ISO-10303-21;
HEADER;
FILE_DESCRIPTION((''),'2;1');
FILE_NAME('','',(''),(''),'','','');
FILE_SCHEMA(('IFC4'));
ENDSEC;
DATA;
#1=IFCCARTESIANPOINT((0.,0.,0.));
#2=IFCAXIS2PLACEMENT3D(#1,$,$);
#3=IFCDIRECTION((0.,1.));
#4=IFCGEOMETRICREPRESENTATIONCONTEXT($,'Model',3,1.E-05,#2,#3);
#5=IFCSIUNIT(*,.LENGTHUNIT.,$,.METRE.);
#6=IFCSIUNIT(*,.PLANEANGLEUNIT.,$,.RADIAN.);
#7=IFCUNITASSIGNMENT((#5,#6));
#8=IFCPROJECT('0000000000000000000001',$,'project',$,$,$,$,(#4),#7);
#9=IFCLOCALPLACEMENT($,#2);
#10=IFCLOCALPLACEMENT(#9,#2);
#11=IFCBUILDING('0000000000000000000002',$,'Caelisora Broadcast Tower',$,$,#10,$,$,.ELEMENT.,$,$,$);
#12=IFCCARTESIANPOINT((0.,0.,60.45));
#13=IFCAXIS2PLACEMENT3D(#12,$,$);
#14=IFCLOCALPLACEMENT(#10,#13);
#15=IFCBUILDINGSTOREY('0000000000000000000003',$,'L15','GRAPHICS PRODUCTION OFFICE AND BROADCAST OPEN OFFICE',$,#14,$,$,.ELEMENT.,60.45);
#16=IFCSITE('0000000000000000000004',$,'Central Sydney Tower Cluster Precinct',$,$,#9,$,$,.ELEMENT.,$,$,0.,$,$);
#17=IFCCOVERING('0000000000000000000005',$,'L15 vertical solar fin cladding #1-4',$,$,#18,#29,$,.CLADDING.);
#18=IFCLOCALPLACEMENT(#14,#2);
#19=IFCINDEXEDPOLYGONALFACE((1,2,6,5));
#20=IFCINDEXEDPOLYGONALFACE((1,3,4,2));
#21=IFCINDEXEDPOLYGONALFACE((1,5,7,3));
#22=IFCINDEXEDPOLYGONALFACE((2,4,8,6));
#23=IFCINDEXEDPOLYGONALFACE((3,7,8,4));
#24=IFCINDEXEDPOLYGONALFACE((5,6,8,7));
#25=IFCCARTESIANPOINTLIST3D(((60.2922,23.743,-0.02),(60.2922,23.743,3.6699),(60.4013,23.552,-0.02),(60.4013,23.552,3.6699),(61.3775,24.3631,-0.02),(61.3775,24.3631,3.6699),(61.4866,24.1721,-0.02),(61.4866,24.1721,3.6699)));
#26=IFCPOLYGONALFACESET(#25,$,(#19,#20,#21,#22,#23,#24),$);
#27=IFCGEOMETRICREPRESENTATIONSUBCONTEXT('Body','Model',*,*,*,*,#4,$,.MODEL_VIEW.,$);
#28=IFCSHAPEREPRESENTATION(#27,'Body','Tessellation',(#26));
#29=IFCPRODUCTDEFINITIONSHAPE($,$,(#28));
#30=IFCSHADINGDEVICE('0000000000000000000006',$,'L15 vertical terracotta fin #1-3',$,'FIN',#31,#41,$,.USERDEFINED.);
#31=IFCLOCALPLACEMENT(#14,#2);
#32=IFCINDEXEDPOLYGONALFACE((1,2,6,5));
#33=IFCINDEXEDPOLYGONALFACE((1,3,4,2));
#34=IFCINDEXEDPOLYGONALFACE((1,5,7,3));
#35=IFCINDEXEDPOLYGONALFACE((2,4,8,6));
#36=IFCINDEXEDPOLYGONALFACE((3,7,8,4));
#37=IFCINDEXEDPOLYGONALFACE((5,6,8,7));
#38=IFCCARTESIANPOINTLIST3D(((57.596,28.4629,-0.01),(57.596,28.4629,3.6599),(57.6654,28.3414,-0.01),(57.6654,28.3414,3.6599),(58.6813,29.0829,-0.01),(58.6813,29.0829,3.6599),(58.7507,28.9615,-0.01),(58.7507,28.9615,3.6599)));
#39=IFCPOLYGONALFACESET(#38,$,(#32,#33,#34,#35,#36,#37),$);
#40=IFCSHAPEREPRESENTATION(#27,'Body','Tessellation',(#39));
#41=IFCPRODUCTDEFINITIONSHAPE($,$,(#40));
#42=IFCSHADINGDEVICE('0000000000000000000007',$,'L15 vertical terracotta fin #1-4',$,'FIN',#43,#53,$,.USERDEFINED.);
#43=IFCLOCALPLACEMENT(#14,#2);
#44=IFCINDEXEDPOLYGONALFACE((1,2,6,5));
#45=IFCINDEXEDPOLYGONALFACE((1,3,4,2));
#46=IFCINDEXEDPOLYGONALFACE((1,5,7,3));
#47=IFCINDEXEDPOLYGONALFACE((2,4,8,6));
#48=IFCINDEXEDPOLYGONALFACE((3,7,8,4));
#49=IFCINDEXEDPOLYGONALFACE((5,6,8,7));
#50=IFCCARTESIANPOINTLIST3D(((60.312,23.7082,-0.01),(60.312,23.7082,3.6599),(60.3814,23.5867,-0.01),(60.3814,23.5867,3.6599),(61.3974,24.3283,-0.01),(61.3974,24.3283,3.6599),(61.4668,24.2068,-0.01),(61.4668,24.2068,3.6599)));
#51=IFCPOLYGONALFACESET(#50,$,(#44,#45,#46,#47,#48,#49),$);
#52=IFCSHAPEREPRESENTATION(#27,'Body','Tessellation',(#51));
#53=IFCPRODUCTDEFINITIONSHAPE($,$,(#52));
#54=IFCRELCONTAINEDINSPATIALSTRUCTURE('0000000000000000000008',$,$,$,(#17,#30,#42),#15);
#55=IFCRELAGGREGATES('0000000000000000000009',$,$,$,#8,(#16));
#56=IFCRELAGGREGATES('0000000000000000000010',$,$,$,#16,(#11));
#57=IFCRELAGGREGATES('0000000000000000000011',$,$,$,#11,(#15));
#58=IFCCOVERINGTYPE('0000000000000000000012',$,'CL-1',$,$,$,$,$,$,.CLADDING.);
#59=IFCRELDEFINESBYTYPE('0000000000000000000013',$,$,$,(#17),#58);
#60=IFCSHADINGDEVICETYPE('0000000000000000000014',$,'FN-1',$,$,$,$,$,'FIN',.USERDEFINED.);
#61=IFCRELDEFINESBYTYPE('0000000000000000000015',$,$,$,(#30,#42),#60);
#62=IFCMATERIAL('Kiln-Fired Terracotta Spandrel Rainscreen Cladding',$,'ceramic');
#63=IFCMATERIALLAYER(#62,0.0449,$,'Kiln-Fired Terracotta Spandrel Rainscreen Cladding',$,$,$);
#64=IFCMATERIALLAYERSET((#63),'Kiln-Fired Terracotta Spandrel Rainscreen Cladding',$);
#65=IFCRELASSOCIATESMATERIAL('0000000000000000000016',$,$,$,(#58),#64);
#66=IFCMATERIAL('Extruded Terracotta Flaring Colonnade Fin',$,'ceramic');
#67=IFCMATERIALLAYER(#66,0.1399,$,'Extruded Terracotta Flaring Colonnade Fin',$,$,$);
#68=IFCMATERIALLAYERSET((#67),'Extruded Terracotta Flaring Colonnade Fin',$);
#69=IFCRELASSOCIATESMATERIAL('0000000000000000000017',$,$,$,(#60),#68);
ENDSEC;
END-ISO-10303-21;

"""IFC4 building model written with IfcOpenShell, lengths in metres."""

from ifc_helpers import new_model, si_unit, direction, frame, origin, origin_2d, place, context, subcontext, project, spatial, rectangle, extrude, source, transform, mapped, material, layer, layer_set, type_object, type_shapes, element, save


model = new_model("IFC4")

# Units and contexts
model_context = context("Model", 3, precision=1e-05, world=origin(), true_north=direction((0.0, 1.0)))
body_context = subcontext(model_context, "Body", "Model", "MODEL_VIEW")
ifc_project = project(units=[si_unit("LENGTHUNIT", "METRE"), si_unit("PLANEANGLEUNIT", "RADIAN")], contexts=[model_context])

# Site, building, storey
site_placement = place(None, origin())
site = spatial("IfcSite", under=ifc_project, at=site_placement, Name="Central Sydney Tower Cluster Precinct", CompositionType="ELEMENT", RefElevation=0.0)
building_placement = place(site_placement, origin())
building = spatial("IfcBuilding", under=site, at=building_placement, Name="Caelisora Broadcast Tower", CompositionType="ELEMENT")
storey_placement = place(building_placement, frame((0.0, 0.0, 60.45)))
storey = spatial("IfcBuildingStorey", under=building, at=storey_placement, Name="L15", Description="GRAPHICS PRODUCTION OFFICE AND BROADCAST OPEN OFFICE", CompositionType="ELEMENT", Elevation=60.45)

# Covering
ifc_material_1 = material(Name="Kiln-Fired Terracotta Spandrel Rainscreen Cladding", Category="ceramic")
ifc_layer_1 = layer(ifc_material_1, 0.0449, Name="Kiln-Fired Terracotta Spandrel Rainscreen Cladding")
ifc_layer_set_1 = layer_set([ifc_layer_1], Name="Kiln-Fired Terracotta Spandrel Rainscreen Cladding")
covering_type = type_object("IfcCoveringType", Name="CL-1", PredefinedType="CLADDING", material=ifc_layer_set_1)
shared_shape_1 = source(origin(), body_context, "Body", "SweptSolid", [
    extrude(rectangle(XDim=0.22, YDim=1.25, at=origin_2d()), origin(), (0.0, 0.0, 1.0), 3.6899),
])
type_shapes(covering_type, [shared_shape_1])
for number, where, z_axis, x_axis, name in (
    (1, (60.8894, 23.9575, -0.02), (0.0, 0.0, 1.0), (0.496065, -0.868285, 0.0), "L15 vertical solar fin cladding #1-4"),
):
    element("IfcCovering", number, at=place(storey_placement, frame(where, z_axis=z_axis, x_axis=x_axis)), inside=storey, type_object=covering_type, Name=name, PredefinedType="CLADDING", context=body_context, shape_type="MappedRepresentation", body=[
        mapped(shared_shape_1, transform((0.0, 0.0, 0.0), scale=1.0)),
    ])

# Shading devices
ifc_material_2 = material(Name="Extruded Terracotta Flaring Colonnade Fin", Category="ceramic")
ifc_layer_2 = layer(ifc_material_2, 0.1399, Name="Extruded Terracotta Flaring Colonnade Fin")
ifc_layer_set_2 = layer_set([ifc_layer_2], Name="Extruded Terracotta Flaring Colonnade Fin")
shading_device_type = type_object("IfcShadingDeviceType", Name="FN-1", ElementType="FIN", PredefinedType="USERDEFINED", material=ifc_layer_set_2)
shared_shape_2 = source(origin(), body_context, "Body", "SweptSolid", [
    extrude(rectangle(XDim=0.1399, YDim=1.25, at=origin_2d()), origin(), (0.0, 0.0, 1.0), 3.6699),
])
type_shapes(shading_device_type, [shared_shape_2])
for number, where, z_axis, x_axis, name in (
    (2, (58.1733, 28.7122, -0.01), (0.0, 0.0, 1.0), (0.496065, -0.868285, 0.0), "L15 vertical terracotta fin #1-3"),
    (3, (60.8894, 23.9575, -0.01), (0.0, 0.0, 1.0), (0.496065, -0.868285, 0.0), "L15 vertical terracotta fin #1-4"),
):
    element("IfcShadingDevice", number, at=place(storey_placement, frame(where, z_axis=z_axis, x_axis=x_axis)), inside=storey, type_object=shading_device_type, Name=name, ObjectType="FIN", PredefinedType="USERDEFINED", context=body_context, shape_type="MappedRepresentation", body=[
        mapped(shared_shape_2, transform((0.0, 0.0, 0.0), scale=1.0)),
    ])

save(model, "model.ifc")
